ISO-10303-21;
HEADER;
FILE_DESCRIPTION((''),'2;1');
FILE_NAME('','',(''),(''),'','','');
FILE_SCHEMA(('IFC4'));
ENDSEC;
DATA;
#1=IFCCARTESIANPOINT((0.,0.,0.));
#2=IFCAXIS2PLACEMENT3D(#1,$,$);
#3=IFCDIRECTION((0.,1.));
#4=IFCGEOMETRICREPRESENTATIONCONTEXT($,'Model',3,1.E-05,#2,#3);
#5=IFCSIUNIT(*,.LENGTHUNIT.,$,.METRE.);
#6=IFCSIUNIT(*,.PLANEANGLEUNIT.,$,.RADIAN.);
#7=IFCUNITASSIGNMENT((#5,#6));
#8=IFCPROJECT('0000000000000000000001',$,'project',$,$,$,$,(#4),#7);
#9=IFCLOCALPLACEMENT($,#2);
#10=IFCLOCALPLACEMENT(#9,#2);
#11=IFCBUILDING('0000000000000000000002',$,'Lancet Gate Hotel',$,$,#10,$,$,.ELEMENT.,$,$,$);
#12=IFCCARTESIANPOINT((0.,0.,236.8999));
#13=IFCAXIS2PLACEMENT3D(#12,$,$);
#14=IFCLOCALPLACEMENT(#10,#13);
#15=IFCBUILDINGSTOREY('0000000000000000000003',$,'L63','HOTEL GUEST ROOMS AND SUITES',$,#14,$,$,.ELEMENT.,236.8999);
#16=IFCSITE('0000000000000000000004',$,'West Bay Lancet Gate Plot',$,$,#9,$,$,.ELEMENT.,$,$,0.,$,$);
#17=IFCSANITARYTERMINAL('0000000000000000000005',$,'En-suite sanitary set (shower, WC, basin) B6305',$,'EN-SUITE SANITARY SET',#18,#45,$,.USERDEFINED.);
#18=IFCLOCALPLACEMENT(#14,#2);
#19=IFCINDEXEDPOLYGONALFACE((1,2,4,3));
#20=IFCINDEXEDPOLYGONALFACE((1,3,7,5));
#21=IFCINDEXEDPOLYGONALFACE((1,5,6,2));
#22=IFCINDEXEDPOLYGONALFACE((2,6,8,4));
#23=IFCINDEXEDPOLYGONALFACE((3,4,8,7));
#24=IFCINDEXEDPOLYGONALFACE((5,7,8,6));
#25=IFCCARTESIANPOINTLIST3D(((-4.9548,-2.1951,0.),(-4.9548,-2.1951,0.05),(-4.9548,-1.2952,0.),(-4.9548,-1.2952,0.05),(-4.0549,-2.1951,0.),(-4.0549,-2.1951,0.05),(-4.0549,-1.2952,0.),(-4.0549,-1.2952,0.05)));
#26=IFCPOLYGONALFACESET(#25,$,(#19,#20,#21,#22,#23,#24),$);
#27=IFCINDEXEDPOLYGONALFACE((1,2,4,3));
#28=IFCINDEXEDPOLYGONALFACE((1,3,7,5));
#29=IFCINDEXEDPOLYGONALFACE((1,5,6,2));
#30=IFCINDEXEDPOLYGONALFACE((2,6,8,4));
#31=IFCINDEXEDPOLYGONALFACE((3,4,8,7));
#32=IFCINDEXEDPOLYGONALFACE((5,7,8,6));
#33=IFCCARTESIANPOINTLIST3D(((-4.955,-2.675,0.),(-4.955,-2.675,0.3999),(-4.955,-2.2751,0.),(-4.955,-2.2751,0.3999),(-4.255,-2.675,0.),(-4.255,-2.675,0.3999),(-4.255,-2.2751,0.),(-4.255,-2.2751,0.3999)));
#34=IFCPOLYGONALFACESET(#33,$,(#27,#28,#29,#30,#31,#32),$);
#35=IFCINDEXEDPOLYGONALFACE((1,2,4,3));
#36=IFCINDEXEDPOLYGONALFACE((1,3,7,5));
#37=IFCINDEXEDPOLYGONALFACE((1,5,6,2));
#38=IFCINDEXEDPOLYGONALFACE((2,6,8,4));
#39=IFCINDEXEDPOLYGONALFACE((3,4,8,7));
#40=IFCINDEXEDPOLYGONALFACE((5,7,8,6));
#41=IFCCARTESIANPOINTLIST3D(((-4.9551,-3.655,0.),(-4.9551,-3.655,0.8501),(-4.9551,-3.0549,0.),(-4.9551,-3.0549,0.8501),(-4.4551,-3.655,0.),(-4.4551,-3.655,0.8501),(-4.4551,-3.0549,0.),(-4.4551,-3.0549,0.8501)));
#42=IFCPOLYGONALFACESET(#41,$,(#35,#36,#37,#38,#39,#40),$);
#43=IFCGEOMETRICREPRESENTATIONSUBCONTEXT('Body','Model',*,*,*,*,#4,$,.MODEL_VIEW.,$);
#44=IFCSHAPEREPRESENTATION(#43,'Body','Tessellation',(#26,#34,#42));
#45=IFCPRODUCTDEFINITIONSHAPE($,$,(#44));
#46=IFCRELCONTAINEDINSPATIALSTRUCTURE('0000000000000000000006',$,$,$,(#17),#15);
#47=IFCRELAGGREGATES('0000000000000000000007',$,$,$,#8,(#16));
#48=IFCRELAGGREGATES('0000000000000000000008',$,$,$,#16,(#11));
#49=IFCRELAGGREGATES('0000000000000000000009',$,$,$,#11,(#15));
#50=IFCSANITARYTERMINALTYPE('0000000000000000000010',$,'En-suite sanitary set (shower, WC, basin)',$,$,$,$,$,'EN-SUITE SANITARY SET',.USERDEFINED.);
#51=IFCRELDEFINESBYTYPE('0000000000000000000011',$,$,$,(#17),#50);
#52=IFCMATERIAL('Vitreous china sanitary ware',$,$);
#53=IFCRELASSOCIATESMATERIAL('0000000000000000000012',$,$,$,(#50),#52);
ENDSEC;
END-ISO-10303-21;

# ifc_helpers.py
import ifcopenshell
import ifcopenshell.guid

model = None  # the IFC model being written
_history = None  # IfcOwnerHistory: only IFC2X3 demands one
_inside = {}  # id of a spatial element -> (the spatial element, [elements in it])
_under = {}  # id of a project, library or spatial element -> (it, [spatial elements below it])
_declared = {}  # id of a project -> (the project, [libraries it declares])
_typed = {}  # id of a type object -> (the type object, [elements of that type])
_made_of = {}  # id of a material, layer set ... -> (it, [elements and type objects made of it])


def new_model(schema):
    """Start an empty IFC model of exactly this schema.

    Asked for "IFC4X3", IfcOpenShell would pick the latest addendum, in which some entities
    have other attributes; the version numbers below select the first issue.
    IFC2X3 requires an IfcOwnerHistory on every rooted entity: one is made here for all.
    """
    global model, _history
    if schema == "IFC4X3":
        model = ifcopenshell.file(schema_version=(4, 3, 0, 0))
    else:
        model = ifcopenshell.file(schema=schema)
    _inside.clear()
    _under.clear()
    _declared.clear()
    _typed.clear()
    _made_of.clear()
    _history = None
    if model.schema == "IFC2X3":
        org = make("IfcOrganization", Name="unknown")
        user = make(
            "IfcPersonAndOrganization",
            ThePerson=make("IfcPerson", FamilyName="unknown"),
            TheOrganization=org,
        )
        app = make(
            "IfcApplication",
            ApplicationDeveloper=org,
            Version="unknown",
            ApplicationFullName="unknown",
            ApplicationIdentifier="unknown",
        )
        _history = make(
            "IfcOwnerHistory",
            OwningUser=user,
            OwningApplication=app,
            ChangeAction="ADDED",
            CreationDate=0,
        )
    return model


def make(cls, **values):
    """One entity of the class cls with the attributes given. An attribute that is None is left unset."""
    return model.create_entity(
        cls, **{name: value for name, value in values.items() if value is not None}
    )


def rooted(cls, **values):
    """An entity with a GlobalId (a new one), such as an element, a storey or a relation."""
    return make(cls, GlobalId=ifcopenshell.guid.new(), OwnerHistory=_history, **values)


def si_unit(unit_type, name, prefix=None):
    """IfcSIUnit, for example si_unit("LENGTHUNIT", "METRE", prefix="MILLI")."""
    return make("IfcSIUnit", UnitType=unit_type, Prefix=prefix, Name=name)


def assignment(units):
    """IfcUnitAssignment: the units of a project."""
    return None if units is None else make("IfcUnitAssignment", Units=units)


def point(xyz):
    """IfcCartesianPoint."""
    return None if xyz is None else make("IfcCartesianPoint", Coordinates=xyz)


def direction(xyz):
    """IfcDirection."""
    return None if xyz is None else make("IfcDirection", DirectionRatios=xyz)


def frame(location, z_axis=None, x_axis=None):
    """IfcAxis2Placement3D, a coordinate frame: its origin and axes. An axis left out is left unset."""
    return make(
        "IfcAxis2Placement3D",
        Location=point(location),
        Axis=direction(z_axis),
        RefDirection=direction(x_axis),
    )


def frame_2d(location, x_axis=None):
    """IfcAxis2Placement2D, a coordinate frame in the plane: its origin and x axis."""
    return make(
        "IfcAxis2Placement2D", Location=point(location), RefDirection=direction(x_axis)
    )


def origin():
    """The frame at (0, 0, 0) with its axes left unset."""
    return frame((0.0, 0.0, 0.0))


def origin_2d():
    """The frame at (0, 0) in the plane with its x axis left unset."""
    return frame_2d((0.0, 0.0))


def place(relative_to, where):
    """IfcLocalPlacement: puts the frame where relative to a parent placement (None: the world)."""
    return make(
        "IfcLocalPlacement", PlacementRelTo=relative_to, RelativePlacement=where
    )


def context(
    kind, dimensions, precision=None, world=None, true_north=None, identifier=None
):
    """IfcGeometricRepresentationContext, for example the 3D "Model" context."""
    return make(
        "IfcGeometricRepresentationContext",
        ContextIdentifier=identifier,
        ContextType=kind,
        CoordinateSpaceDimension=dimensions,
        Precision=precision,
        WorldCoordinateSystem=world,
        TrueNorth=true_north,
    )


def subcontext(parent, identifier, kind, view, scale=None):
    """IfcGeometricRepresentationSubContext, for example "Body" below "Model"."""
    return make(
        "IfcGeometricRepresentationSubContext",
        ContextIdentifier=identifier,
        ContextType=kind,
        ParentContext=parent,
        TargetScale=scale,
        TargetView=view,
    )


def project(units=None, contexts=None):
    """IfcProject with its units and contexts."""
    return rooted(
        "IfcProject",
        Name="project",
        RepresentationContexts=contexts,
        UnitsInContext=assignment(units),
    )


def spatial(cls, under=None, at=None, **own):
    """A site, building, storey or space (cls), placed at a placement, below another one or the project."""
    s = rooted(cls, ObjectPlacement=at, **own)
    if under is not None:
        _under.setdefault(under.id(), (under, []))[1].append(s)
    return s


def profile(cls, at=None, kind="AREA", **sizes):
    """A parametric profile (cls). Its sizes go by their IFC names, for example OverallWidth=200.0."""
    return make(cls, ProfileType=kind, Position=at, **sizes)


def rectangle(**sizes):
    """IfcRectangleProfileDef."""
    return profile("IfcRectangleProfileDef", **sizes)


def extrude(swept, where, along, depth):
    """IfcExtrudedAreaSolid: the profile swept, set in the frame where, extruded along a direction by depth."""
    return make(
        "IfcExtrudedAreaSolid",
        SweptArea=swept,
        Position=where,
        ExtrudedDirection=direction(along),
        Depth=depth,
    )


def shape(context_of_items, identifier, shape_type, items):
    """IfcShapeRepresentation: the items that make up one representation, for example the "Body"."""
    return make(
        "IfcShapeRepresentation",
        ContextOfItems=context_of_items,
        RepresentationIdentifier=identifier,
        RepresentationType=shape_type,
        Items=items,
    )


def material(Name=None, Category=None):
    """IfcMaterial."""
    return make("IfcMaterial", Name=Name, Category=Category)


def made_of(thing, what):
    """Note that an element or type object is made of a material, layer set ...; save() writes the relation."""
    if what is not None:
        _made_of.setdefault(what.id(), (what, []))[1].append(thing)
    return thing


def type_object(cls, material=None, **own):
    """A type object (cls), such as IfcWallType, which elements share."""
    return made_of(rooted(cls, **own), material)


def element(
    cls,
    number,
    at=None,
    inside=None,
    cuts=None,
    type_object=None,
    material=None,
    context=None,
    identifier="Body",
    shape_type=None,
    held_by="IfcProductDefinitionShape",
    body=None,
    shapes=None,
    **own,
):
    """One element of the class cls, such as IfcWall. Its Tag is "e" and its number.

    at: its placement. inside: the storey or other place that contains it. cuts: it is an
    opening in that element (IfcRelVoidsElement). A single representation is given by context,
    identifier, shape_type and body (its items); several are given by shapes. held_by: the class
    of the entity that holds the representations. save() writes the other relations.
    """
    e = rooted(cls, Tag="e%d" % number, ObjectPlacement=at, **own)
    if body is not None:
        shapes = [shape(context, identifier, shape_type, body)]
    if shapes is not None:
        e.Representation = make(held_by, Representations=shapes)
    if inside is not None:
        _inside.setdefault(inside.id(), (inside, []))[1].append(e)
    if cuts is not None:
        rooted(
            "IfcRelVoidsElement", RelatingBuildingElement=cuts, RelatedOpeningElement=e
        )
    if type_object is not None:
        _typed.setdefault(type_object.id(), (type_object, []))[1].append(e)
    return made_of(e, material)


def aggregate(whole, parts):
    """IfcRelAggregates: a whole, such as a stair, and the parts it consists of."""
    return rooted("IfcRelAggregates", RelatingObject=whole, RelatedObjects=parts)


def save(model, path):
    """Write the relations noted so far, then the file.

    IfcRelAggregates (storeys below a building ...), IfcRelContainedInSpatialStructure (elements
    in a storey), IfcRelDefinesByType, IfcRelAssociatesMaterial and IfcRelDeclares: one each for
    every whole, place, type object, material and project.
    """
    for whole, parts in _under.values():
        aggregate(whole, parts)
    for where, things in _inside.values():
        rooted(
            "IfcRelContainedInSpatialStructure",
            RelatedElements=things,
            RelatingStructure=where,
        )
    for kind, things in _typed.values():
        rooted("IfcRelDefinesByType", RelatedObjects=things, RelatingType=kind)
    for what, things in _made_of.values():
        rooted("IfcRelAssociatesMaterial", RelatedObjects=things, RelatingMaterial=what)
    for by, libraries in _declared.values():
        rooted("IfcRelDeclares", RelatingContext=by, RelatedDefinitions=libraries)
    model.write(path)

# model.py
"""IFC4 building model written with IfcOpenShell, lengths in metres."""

from ifc_helpers import new_model, si_unit, direction, frame, origin, origin_2d, place, context, subcontext, project, spatial, rectangle, extrude, material, type_object, element, save


model = new_model("IFC4")

# Units and contexts
model_context = context("Model", 3, precision=1e-05, world=origin(), true_north=direction((0.0, 1.0)))
body_context = subcontext(model_context, "Body", "Model", "MODEL_VIEW")
ifc_project = project(units=[si_unit("LENGTHUNIT", "METRE"), si_unit("PLANEANGLEUNIT", "RADIAN")], contexts=[model_context])

# Site, building, storey
site_placement = place(None, origin())
site = spatial("IfcSite", under=ifc_project, at=site_placement, Name="West Bay Lancet Gate Plot", CompositionType="ELEMENT", RefElevation=0.0)
building_placement = place(site_placement, origin())
building = spatial("IfcBuilding", under=site, at=building_placement, Name="Lancet Gate Hotel", CompositionType="ELEMENT")
storey_placement = place(building_placement, frame((0.0, 0.0, 236.8999)))
storey = spatial("IfcBuildingStorey", under=building, at=storey_placement, Name="L63", Description="HOTEL GUEST ROOMS AND SUITES", CompositionType="ELEMENT", Elevation=236.8999)

# Sanitary terminal
ifc_material_1 = material(Name="Vitreous china sanitary ware")
sanitary_terminal_type = type_object("IfcSanitaryTerminalType", Name="En-suite sanitary set (shower, WC, basin)", ElementType="EN-SUITE SANITARY SET", PredefinedType="USERDEFINED", material=ifc_material_1)
sanitary_terminal_placement = place(storey_placement, frame((-4.5049, -1.7451, 0.0), z_axis=(0.0, 0.0, 1.0), x_axis=(1.0, 0.0, 0.0)))
element("IfcSanitaryTerminal", 1, at=sanitary_terminal_placement, inside=storey, type_object=sanitary_terminal_type, Name="En-suite sanitary set (shower, WC, basin) B6305", ObjectType="EN-SUITE SANITARY SET", PredefinedType="USERDEFINED", context=body_context, shape_type="SweptSolid", body=[
    extrude(rectangle(XDim=0.8999, YDim=0.8999, at=origin_2d()), frame((0.0, 0.0, 0.0), z_axis=(0.0, 0.0, 1.0), x_axis=(0.0, 1.0, 0.0)), (0.0, 0.0, 1.0), 0.05),
    extrude(rectangle(XDim=0.3999, YDim=0.7, at=origin_2d()), frame((-0.1001, -0.73, 0.0), z_axis=(0.0, 0.0, 1.0), x_axis=(0.0, 1.0, 0.0)), (0.0, 0.0, 1.0), 0.3999),
    extrude(rectangle(XDim=0.6001, YDim=0.5, at=origin_2d()), frame((-0.2002, -1.6099, 0.0), z_axis=(0.0, 0.0, 1.0), x_axis=(0.0, 1.0, 0.0)), (0.0, 0.0, 1.0), 0.8501),
])

save(model, "model.ifc")
